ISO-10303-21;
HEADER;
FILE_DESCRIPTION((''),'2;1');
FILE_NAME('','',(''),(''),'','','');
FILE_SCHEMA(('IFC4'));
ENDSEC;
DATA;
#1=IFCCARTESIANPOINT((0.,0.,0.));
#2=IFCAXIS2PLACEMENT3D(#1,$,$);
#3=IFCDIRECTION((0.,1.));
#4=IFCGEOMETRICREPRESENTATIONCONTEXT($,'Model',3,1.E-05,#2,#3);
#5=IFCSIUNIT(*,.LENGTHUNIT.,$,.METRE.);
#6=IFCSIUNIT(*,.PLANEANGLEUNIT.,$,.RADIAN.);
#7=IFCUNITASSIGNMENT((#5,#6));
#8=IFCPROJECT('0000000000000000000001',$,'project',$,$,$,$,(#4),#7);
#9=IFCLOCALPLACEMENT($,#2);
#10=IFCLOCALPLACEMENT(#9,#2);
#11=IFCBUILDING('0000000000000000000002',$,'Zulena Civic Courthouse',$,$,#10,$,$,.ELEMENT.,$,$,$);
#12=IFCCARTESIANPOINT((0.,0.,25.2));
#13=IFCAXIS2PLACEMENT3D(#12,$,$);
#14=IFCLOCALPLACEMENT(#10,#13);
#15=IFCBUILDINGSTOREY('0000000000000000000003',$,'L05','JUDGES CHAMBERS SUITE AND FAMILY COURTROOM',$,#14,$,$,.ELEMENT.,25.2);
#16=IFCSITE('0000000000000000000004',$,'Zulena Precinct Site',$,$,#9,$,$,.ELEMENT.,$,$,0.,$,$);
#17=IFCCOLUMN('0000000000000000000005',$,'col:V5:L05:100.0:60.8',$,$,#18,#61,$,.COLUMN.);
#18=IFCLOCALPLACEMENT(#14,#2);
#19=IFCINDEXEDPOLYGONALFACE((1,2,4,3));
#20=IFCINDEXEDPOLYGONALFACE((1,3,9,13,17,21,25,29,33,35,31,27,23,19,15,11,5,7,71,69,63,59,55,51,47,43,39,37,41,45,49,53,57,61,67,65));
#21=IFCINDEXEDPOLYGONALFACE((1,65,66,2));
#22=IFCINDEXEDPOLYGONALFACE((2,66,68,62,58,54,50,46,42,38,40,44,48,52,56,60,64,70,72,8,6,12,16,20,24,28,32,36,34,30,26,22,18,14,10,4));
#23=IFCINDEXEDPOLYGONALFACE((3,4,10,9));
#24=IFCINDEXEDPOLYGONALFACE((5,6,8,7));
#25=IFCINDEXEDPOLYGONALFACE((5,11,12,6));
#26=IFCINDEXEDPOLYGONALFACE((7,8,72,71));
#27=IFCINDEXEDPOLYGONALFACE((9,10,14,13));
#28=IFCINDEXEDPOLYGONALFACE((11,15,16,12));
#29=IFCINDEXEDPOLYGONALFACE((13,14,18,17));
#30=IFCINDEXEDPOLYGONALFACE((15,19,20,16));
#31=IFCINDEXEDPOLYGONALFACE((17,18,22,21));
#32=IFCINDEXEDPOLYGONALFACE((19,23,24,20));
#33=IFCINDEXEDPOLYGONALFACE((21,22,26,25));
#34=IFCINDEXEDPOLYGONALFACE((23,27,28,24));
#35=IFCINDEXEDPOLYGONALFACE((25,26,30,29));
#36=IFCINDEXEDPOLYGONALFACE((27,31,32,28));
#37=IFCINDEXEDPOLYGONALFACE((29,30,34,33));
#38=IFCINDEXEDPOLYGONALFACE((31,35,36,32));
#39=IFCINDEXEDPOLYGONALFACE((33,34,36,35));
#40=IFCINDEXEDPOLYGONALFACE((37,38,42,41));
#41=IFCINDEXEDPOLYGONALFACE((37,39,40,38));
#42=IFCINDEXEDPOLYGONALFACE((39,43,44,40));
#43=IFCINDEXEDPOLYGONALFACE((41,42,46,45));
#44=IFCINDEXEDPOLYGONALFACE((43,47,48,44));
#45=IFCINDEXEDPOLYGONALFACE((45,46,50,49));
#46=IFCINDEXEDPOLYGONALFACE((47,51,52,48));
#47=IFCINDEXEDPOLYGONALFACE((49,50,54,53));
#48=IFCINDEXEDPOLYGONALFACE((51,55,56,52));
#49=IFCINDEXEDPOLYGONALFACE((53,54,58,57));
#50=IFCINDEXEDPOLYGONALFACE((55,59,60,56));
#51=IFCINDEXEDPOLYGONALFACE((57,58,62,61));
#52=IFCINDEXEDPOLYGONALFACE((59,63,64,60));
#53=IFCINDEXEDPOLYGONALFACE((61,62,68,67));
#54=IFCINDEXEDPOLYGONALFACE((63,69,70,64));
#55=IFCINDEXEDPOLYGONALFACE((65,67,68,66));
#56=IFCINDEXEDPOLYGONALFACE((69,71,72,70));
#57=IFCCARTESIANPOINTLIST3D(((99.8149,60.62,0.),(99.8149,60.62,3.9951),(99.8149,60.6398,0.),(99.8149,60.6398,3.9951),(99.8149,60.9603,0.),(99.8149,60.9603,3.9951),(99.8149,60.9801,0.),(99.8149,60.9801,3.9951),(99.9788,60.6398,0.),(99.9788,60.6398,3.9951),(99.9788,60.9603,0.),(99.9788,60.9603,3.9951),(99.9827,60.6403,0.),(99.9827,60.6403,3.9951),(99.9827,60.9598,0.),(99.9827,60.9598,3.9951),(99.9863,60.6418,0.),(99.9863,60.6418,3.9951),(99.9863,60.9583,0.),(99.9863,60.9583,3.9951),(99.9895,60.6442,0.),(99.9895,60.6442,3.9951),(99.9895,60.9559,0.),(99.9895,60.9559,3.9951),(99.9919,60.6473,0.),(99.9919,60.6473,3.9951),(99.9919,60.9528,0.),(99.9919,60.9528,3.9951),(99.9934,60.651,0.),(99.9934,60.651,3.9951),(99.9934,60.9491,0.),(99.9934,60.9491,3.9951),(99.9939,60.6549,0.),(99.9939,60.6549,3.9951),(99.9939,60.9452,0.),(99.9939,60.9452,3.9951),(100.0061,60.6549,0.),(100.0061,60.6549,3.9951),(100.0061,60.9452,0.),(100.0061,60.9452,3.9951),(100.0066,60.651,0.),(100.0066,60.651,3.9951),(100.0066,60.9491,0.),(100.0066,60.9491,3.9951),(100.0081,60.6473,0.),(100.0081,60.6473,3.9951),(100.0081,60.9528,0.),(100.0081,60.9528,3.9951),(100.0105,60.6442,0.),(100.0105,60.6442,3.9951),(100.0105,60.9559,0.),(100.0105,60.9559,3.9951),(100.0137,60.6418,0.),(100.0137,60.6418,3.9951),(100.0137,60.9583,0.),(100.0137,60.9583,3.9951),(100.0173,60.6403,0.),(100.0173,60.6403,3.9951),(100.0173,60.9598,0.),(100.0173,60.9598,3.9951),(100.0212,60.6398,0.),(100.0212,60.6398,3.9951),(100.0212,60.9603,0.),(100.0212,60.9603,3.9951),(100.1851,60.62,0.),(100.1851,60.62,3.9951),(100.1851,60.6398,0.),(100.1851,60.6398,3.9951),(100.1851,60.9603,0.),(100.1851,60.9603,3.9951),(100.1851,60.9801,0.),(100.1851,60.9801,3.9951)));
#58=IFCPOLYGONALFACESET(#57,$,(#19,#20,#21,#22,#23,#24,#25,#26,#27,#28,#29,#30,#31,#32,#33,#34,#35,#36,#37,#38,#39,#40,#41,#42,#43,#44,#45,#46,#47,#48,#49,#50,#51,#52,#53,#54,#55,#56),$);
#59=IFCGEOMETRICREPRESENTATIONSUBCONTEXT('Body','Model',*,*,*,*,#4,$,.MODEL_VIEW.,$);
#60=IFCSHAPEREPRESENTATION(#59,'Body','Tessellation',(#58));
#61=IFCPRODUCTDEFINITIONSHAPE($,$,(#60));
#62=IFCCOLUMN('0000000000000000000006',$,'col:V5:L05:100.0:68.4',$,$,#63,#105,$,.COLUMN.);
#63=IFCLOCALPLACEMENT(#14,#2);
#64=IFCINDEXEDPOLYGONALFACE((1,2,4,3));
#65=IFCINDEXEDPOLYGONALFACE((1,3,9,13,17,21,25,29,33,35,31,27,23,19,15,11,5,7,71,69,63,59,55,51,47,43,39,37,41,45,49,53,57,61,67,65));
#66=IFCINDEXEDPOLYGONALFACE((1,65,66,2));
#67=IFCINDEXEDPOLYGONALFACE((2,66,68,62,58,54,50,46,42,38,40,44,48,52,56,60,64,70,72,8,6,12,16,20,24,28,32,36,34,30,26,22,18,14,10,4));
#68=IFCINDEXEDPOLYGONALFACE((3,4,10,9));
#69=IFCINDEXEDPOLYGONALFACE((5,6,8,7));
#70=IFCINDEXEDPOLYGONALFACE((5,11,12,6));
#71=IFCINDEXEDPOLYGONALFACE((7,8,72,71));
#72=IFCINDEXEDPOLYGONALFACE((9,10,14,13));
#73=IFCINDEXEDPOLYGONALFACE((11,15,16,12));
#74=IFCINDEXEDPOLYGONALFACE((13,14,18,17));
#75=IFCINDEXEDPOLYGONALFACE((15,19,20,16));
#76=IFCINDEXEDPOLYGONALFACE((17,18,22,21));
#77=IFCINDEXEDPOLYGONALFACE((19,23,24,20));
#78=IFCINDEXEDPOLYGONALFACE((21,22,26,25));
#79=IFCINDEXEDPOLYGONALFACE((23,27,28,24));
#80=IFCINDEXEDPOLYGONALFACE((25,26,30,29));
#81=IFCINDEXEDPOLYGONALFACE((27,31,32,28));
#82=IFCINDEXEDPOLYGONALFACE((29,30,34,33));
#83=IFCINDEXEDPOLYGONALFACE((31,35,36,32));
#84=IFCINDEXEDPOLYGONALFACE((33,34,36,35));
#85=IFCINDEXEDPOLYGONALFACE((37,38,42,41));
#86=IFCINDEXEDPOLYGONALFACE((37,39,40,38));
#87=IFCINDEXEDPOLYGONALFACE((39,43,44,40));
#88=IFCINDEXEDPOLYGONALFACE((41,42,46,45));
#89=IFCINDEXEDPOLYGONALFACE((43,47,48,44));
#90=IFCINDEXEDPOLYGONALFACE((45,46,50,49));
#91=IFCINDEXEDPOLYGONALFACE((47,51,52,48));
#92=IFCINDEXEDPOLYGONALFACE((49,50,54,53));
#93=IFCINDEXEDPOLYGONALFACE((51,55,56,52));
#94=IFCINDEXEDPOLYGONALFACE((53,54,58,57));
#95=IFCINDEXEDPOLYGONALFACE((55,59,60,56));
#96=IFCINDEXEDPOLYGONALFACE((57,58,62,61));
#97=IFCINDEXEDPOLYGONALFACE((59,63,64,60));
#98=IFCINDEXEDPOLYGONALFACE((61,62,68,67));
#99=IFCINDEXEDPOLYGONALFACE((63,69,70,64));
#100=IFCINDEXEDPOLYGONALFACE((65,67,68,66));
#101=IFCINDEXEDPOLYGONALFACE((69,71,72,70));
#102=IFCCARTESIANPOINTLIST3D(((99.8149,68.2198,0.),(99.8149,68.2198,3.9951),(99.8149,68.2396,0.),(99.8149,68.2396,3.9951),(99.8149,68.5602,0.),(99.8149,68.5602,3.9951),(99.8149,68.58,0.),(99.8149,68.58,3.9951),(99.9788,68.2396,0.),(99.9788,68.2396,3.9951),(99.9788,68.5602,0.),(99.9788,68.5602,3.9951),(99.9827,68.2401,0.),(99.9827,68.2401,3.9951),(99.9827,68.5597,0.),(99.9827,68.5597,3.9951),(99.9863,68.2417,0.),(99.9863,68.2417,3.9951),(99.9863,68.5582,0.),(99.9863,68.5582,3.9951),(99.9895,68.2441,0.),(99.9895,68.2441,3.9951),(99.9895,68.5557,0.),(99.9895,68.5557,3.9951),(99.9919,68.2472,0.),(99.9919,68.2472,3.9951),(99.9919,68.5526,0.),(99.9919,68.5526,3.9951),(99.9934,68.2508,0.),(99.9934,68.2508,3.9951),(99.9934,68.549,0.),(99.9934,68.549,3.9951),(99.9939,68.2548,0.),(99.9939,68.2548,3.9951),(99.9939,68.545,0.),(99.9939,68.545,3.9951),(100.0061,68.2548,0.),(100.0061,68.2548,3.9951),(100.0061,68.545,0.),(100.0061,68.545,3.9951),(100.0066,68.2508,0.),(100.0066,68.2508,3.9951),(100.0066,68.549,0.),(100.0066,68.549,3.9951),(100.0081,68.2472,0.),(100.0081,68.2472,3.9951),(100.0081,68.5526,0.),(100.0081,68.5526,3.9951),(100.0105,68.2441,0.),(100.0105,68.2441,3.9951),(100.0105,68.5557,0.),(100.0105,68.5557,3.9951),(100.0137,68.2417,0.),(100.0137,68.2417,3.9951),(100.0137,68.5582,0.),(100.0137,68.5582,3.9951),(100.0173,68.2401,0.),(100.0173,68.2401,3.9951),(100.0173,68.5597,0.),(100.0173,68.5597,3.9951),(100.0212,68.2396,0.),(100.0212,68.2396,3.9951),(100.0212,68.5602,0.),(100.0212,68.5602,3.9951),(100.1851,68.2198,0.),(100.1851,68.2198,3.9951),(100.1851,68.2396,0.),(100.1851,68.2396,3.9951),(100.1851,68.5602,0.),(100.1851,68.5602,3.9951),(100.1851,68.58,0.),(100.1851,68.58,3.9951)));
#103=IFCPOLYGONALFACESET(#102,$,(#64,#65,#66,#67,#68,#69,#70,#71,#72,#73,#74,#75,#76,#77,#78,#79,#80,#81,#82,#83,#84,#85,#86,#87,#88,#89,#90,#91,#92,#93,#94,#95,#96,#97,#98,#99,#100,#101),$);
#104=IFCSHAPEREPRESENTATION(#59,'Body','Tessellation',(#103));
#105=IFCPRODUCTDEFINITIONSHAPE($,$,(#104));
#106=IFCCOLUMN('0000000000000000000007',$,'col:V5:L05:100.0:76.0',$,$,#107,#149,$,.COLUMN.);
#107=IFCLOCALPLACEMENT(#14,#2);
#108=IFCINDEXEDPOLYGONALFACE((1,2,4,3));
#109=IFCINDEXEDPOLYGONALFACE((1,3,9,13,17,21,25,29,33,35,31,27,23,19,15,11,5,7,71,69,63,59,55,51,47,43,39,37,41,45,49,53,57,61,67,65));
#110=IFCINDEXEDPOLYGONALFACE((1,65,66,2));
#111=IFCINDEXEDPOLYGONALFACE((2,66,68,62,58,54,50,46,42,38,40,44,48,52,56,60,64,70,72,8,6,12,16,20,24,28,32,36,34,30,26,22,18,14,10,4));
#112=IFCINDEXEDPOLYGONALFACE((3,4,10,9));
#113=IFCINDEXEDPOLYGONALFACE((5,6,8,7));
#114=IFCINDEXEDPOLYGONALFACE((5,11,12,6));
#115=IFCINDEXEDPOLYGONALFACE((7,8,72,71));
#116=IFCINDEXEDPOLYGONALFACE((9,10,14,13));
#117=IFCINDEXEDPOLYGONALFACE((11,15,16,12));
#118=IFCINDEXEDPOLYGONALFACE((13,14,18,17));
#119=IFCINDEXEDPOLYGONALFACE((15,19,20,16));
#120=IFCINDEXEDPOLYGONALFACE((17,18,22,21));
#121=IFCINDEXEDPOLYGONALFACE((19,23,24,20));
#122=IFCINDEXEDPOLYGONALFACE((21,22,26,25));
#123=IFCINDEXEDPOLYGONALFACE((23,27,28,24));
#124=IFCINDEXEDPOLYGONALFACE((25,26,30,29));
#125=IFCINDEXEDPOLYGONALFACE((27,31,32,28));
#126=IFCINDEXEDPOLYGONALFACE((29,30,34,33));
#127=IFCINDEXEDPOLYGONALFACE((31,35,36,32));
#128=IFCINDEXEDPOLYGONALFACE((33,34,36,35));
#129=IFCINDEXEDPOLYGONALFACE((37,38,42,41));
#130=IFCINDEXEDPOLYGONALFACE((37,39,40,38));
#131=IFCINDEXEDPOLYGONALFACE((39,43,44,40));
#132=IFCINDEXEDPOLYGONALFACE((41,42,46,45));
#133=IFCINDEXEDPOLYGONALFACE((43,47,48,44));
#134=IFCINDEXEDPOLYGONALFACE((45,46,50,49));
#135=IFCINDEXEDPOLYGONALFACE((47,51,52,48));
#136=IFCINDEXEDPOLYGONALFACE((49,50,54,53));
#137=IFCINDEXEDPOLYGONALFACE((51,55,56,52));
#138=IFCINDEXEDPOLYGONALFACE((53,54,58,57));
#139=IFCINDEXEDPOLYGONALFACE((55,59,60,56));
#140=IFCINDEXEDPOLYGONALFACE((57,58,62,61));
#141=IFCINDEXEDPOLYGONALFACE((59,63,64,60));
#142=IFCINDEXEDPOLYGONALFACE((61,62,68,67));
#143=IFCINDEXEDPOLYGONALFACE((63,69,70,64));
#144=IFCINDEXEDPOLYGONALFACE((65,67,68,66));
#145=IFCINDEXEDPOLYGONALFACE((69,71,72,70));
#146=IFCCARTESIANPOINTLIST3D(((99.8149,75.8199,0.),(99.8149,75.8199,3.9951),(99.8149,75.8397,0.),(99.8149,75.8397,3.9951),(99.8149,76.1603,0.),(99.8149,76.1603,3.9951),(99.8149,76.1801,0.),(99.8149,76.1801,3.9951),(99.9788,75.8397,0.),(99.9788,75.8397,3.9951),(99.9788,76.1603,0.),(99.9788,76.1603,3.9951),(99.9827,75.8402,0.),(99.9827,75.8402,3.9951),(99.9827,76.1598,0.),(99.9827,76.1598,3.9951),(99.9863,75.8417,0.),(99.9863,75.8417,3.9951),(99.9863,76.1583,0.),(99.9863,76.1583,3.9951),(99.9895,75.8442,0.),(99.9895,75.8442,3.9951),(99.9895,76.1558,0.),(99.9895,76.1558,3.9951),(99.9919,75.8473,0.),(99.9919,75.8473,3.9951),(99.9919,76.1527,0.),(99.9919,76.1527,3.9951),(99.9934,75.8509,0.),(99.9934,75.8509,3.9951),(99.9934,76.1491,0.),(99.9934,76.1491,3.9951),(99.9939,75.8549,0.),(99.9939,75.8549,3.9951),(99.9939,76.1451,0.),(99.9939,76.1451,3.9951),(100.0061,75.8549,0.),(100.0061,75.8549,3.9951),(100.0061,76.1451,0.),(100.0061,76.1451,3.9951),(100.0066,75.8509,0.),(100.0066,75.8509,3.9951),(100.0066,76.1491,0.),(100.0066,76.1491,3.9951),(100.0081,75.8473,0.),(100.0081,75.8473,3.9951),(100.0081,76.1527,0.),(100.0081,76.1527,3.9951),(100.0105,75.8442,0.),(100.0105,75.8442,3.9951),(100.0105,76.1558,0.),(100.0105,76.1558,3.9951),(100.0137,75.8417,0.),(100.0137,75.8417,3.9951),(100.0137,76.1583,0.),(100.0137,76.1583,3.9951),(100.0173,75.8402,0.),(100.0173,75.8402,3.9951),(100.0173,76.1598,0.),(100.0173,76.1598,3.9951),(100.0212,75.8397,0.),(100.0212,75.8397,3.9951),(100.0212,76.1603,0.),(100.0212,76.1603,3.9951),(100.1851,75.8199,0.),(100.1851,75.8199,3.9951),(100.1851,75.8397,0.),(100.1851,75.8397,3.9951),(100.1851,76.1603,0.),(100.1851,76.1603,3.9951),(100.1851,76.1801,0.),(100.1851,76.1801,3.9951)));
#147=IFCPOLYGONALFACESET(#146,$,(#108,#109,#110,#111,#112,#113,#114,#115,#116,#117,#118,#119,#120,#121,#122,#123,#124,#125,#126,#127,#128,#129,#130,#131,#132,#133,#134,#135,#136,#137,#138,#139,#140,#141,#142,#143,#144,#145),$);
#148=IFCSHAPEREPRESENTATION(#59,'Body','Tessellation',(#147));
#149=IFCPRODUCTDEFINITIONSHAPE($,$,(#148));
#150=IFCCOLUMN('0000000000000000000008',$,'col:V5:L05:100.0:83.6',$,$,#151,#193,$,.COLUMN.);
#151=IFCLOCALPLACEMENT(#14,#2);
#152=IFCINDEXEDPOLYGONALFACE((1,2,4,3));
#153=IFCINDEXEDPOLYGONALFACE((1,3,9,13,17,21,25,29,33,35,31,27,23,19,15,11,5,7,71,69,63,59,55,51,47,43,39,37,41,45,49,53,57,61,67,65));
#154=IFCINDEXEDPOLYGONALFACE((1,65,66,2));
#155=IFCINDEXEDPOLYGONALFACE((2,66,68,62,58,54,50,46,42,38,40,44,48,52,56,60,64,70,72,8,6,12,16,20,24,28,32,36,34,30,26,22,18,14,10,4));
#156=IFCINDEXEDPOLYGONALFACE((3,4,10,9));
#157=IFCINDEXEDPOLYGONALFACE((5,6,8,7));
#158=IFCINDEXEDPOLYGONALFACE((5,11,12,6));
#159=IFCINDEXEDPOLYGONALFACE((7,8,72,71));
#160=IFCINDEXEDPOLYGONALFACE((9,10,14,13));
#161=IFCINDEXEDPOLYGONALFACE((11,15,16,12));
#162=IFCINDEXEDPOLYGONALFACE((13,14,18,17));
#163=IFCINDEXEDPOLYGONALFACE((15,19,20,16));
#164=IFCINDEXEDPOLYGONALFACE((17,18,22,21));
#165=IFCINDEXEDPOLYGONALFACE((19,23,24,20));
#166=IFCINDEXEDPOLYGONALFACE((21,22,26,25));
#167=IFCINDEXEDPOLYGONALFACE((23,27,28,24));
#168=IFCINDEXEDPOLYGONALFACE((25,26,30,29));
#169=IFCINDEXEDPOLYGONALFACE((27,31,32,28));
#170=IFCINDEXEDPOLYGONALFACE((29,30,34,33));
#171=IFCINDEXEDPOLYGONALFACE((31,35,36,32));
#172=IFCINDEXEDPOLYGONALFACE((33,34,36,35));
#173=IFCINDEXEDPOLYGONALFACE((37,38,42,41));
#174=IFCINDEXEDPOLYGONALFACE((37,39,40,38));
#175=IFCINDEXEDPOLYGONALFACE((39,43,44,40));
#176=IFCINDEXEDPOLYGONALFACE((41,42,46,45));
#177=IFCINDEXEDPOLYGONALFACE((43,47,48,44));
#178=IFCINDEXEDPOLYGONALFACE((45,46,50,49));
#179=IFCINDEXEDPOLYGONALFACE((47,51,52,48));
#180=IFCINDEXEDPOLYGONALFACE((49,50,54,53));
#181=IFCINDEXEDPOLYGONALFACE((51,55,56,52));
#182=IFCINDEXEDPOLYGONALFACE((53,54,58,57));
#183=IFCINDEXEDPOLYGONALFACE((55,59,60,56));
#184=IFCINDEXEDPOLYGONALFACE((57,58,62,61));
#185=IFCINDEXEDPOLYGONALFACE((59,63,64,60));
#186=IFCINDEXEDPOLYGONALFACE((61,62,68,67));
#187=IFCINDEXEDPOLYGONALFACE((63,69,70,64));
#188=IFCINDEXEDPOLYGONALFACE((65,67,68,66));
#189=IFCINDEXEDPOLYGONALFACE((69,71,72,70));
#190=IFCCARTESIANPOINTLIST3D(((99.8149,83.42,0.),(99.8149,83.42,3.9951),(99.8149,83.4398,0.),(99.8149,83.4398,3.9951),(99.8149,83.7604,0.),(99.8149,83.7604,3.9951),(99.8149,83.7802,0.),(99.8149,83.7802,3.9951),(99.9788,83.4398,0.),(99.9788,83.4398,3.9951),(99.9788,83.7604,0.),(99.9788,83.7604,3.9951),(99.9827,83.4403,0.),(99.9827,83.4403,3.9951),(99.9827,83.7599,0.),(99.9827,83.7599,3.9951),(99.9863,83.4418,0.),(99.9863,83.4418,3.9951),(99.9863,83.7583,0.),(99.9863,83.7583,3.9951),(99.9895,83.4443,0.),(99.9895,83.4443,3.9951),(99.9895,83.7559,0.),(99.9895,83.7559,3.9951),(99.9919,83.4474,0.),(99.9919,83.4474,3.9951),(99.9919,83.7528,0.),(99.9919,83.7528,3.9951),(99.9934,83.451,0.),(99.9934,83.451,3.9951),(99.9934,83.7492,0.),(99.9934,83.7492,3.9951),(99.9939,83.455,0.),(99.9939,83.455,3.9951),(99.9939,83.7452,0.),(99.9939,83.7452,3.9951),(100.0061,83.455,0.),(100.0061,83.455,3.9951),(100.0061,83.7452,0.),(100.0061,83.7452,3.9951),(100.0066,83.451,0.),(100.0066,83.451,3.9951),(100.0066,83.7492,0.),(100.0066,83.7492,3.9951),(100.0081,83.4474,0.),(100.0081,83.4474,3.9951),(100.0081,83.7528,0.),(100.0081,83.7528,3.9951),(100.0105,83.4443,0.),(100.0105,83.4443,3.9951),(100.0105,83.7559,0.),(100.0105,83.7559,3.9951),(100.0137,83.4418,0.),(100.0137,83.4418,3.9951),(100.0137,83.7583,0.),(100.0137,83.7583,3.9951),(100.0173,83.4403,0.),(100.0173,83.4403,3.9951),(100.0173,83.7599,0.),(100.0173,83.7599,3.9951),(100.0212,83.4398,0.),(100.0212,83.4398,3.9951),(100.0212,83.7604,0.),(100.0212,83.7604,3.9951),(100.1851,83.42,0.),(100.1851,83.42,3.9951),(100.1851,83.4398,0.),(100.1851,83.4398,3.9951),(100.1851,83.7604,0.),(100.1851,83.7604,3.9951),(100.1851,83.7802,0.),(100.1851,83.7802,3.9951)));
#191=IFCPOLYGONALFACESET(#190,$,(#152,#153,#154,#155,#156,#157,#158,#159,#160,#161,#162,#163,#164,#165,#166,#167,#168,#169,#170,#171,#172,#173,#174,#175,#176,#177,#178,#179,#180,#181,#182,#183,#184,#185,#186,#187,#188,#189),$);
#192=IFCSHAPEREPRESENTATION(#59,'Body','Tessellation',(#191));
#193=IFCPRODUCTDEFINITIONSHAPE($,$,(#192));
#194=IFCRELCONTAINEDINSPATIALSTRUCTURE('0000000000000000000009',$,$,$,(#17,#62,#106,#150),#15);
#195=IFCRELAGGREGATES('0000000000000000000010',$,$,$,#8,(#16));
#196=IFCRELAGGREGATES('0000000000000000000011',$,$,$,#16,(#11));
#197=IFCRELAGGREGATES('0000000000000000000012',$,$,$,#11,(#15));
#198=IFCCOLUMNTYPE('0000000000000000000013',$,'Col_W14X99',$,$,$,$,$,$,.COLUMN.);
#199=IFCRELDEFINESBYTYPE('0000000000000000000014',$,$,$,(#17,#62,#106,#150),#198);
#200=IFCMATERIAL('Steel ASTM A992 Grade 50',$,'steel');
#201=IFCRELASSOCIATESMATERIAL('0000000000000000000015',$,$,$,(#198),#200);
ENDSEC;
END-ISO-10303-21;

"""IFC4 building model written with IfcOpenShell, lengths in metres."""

from ifc_helpers import new_model, si_unit, direction, frame, origin, origin_2d, place, context, subcontext, project, spatial, i_section, extrude, material, material_profile, profile_set, type_object, element, save


model = new_model("IFC4")

# Units and contexts
model_context = context("Model", 3, precision=1e-05, world=origin(), true_north=direction((0.0, 1.0)))
body_context = subcontext(model_context, "Body", "Model", "MODEL_VIEW")
ifc_project = project(units=[si_unit("LENGTHUNIT", "METRE"), si_unit("PLANEANGLEUNIT", "RADIAN")], contexts=[model_context])

# Site, building, storey
site_placement = place(None, origin())
site = spatial("IfcSite", under=ifc_project, at=site_placement, Name="Zulena Precinct Site", CompositionType="ELEMENT", RefElevation=0.0)
building_placement = place(site_placement, origin())
building = spatial("IfcBuilding", under=site, at=building_placement, Name="Zulena Civic Courthouse", CompositionType="ELEMENT")
storey_placement = place(building_placement, frame((0.0, 0.0, 25.2)))
storey = spatial("IfcBuildingStorey", under=building, at=storey_placement, Name="L05", Description="JUDGES CHAMBERS SUITE AND FAMILY COURTROOM", CompositionType="ELEMENT", Elevation=25.2)

# Columns
ifc_material_1 = material(Name="Steel ASTM A992 Grade 50", Category="steel")
ifc_material_profile_1 = material_profile(ifc_material_1, i_section(OverallWidth=0.3701, OverallDepth=0.3601, WebThickness=0.0122, FlangeThickness=0.0198, FilletRadius=0.0151, at=origin_2d()), Name="W14X99")
ifc_profile_set_1 = profile_set([ifc_material_profile_1], Name="Steel ASTM A992 Grade 50")
column_type = type_object("IfcColumnType", Name="Col_W14X99", PredefinedType="COLUMN", material=ifc_profile_set_1)
for number, where, z_axis, x_axis, name in (
    (1, (100.0, 60.8, 0.0), (0.0, 0.0, 1.0), (1.0, 0.0, 0.0), "col:V5:L05:100.0:60.8"),
    (2, (100.0, 68.3999, 0.0), (0.0, 0.0, 1.0), (1.0, 0.0, 0.0), "col:V5:L05:100.0:68.4"),
    (3, (100.0, 76.0, 0.0), (0.0, 0.0, 1.0), (1.0, 0.0, 0.0), "col:V5:L05:100.0:76.0"),
    (4, (100.0, 83.6001, 0.0), (0.0, 0.0, 1.0), (1.0, 0.0, 0.0), "col:V5:L05:100.0:83.6"),
):
    element("IfcColumn", number, at=place(storey_placement, frame(where, z_axis=z_axis, x_axis=x_axis)), inside=storey, type_object=column_type, Name=name, PredefinedType="COLUMN", context=body_context, shape_type="SweptSolid", body=[
        extrude(i_section(OverallWidth=0.3701, OverallDepth=0.3601, WebThickness=0.0122, FlangeThickness=0.0198, FilletRadius=0.0151, at=origin_2d()), origin(), (0.0, 0.0, 1.0), 3.9951),
    ])

save(model, "model.ifc")
